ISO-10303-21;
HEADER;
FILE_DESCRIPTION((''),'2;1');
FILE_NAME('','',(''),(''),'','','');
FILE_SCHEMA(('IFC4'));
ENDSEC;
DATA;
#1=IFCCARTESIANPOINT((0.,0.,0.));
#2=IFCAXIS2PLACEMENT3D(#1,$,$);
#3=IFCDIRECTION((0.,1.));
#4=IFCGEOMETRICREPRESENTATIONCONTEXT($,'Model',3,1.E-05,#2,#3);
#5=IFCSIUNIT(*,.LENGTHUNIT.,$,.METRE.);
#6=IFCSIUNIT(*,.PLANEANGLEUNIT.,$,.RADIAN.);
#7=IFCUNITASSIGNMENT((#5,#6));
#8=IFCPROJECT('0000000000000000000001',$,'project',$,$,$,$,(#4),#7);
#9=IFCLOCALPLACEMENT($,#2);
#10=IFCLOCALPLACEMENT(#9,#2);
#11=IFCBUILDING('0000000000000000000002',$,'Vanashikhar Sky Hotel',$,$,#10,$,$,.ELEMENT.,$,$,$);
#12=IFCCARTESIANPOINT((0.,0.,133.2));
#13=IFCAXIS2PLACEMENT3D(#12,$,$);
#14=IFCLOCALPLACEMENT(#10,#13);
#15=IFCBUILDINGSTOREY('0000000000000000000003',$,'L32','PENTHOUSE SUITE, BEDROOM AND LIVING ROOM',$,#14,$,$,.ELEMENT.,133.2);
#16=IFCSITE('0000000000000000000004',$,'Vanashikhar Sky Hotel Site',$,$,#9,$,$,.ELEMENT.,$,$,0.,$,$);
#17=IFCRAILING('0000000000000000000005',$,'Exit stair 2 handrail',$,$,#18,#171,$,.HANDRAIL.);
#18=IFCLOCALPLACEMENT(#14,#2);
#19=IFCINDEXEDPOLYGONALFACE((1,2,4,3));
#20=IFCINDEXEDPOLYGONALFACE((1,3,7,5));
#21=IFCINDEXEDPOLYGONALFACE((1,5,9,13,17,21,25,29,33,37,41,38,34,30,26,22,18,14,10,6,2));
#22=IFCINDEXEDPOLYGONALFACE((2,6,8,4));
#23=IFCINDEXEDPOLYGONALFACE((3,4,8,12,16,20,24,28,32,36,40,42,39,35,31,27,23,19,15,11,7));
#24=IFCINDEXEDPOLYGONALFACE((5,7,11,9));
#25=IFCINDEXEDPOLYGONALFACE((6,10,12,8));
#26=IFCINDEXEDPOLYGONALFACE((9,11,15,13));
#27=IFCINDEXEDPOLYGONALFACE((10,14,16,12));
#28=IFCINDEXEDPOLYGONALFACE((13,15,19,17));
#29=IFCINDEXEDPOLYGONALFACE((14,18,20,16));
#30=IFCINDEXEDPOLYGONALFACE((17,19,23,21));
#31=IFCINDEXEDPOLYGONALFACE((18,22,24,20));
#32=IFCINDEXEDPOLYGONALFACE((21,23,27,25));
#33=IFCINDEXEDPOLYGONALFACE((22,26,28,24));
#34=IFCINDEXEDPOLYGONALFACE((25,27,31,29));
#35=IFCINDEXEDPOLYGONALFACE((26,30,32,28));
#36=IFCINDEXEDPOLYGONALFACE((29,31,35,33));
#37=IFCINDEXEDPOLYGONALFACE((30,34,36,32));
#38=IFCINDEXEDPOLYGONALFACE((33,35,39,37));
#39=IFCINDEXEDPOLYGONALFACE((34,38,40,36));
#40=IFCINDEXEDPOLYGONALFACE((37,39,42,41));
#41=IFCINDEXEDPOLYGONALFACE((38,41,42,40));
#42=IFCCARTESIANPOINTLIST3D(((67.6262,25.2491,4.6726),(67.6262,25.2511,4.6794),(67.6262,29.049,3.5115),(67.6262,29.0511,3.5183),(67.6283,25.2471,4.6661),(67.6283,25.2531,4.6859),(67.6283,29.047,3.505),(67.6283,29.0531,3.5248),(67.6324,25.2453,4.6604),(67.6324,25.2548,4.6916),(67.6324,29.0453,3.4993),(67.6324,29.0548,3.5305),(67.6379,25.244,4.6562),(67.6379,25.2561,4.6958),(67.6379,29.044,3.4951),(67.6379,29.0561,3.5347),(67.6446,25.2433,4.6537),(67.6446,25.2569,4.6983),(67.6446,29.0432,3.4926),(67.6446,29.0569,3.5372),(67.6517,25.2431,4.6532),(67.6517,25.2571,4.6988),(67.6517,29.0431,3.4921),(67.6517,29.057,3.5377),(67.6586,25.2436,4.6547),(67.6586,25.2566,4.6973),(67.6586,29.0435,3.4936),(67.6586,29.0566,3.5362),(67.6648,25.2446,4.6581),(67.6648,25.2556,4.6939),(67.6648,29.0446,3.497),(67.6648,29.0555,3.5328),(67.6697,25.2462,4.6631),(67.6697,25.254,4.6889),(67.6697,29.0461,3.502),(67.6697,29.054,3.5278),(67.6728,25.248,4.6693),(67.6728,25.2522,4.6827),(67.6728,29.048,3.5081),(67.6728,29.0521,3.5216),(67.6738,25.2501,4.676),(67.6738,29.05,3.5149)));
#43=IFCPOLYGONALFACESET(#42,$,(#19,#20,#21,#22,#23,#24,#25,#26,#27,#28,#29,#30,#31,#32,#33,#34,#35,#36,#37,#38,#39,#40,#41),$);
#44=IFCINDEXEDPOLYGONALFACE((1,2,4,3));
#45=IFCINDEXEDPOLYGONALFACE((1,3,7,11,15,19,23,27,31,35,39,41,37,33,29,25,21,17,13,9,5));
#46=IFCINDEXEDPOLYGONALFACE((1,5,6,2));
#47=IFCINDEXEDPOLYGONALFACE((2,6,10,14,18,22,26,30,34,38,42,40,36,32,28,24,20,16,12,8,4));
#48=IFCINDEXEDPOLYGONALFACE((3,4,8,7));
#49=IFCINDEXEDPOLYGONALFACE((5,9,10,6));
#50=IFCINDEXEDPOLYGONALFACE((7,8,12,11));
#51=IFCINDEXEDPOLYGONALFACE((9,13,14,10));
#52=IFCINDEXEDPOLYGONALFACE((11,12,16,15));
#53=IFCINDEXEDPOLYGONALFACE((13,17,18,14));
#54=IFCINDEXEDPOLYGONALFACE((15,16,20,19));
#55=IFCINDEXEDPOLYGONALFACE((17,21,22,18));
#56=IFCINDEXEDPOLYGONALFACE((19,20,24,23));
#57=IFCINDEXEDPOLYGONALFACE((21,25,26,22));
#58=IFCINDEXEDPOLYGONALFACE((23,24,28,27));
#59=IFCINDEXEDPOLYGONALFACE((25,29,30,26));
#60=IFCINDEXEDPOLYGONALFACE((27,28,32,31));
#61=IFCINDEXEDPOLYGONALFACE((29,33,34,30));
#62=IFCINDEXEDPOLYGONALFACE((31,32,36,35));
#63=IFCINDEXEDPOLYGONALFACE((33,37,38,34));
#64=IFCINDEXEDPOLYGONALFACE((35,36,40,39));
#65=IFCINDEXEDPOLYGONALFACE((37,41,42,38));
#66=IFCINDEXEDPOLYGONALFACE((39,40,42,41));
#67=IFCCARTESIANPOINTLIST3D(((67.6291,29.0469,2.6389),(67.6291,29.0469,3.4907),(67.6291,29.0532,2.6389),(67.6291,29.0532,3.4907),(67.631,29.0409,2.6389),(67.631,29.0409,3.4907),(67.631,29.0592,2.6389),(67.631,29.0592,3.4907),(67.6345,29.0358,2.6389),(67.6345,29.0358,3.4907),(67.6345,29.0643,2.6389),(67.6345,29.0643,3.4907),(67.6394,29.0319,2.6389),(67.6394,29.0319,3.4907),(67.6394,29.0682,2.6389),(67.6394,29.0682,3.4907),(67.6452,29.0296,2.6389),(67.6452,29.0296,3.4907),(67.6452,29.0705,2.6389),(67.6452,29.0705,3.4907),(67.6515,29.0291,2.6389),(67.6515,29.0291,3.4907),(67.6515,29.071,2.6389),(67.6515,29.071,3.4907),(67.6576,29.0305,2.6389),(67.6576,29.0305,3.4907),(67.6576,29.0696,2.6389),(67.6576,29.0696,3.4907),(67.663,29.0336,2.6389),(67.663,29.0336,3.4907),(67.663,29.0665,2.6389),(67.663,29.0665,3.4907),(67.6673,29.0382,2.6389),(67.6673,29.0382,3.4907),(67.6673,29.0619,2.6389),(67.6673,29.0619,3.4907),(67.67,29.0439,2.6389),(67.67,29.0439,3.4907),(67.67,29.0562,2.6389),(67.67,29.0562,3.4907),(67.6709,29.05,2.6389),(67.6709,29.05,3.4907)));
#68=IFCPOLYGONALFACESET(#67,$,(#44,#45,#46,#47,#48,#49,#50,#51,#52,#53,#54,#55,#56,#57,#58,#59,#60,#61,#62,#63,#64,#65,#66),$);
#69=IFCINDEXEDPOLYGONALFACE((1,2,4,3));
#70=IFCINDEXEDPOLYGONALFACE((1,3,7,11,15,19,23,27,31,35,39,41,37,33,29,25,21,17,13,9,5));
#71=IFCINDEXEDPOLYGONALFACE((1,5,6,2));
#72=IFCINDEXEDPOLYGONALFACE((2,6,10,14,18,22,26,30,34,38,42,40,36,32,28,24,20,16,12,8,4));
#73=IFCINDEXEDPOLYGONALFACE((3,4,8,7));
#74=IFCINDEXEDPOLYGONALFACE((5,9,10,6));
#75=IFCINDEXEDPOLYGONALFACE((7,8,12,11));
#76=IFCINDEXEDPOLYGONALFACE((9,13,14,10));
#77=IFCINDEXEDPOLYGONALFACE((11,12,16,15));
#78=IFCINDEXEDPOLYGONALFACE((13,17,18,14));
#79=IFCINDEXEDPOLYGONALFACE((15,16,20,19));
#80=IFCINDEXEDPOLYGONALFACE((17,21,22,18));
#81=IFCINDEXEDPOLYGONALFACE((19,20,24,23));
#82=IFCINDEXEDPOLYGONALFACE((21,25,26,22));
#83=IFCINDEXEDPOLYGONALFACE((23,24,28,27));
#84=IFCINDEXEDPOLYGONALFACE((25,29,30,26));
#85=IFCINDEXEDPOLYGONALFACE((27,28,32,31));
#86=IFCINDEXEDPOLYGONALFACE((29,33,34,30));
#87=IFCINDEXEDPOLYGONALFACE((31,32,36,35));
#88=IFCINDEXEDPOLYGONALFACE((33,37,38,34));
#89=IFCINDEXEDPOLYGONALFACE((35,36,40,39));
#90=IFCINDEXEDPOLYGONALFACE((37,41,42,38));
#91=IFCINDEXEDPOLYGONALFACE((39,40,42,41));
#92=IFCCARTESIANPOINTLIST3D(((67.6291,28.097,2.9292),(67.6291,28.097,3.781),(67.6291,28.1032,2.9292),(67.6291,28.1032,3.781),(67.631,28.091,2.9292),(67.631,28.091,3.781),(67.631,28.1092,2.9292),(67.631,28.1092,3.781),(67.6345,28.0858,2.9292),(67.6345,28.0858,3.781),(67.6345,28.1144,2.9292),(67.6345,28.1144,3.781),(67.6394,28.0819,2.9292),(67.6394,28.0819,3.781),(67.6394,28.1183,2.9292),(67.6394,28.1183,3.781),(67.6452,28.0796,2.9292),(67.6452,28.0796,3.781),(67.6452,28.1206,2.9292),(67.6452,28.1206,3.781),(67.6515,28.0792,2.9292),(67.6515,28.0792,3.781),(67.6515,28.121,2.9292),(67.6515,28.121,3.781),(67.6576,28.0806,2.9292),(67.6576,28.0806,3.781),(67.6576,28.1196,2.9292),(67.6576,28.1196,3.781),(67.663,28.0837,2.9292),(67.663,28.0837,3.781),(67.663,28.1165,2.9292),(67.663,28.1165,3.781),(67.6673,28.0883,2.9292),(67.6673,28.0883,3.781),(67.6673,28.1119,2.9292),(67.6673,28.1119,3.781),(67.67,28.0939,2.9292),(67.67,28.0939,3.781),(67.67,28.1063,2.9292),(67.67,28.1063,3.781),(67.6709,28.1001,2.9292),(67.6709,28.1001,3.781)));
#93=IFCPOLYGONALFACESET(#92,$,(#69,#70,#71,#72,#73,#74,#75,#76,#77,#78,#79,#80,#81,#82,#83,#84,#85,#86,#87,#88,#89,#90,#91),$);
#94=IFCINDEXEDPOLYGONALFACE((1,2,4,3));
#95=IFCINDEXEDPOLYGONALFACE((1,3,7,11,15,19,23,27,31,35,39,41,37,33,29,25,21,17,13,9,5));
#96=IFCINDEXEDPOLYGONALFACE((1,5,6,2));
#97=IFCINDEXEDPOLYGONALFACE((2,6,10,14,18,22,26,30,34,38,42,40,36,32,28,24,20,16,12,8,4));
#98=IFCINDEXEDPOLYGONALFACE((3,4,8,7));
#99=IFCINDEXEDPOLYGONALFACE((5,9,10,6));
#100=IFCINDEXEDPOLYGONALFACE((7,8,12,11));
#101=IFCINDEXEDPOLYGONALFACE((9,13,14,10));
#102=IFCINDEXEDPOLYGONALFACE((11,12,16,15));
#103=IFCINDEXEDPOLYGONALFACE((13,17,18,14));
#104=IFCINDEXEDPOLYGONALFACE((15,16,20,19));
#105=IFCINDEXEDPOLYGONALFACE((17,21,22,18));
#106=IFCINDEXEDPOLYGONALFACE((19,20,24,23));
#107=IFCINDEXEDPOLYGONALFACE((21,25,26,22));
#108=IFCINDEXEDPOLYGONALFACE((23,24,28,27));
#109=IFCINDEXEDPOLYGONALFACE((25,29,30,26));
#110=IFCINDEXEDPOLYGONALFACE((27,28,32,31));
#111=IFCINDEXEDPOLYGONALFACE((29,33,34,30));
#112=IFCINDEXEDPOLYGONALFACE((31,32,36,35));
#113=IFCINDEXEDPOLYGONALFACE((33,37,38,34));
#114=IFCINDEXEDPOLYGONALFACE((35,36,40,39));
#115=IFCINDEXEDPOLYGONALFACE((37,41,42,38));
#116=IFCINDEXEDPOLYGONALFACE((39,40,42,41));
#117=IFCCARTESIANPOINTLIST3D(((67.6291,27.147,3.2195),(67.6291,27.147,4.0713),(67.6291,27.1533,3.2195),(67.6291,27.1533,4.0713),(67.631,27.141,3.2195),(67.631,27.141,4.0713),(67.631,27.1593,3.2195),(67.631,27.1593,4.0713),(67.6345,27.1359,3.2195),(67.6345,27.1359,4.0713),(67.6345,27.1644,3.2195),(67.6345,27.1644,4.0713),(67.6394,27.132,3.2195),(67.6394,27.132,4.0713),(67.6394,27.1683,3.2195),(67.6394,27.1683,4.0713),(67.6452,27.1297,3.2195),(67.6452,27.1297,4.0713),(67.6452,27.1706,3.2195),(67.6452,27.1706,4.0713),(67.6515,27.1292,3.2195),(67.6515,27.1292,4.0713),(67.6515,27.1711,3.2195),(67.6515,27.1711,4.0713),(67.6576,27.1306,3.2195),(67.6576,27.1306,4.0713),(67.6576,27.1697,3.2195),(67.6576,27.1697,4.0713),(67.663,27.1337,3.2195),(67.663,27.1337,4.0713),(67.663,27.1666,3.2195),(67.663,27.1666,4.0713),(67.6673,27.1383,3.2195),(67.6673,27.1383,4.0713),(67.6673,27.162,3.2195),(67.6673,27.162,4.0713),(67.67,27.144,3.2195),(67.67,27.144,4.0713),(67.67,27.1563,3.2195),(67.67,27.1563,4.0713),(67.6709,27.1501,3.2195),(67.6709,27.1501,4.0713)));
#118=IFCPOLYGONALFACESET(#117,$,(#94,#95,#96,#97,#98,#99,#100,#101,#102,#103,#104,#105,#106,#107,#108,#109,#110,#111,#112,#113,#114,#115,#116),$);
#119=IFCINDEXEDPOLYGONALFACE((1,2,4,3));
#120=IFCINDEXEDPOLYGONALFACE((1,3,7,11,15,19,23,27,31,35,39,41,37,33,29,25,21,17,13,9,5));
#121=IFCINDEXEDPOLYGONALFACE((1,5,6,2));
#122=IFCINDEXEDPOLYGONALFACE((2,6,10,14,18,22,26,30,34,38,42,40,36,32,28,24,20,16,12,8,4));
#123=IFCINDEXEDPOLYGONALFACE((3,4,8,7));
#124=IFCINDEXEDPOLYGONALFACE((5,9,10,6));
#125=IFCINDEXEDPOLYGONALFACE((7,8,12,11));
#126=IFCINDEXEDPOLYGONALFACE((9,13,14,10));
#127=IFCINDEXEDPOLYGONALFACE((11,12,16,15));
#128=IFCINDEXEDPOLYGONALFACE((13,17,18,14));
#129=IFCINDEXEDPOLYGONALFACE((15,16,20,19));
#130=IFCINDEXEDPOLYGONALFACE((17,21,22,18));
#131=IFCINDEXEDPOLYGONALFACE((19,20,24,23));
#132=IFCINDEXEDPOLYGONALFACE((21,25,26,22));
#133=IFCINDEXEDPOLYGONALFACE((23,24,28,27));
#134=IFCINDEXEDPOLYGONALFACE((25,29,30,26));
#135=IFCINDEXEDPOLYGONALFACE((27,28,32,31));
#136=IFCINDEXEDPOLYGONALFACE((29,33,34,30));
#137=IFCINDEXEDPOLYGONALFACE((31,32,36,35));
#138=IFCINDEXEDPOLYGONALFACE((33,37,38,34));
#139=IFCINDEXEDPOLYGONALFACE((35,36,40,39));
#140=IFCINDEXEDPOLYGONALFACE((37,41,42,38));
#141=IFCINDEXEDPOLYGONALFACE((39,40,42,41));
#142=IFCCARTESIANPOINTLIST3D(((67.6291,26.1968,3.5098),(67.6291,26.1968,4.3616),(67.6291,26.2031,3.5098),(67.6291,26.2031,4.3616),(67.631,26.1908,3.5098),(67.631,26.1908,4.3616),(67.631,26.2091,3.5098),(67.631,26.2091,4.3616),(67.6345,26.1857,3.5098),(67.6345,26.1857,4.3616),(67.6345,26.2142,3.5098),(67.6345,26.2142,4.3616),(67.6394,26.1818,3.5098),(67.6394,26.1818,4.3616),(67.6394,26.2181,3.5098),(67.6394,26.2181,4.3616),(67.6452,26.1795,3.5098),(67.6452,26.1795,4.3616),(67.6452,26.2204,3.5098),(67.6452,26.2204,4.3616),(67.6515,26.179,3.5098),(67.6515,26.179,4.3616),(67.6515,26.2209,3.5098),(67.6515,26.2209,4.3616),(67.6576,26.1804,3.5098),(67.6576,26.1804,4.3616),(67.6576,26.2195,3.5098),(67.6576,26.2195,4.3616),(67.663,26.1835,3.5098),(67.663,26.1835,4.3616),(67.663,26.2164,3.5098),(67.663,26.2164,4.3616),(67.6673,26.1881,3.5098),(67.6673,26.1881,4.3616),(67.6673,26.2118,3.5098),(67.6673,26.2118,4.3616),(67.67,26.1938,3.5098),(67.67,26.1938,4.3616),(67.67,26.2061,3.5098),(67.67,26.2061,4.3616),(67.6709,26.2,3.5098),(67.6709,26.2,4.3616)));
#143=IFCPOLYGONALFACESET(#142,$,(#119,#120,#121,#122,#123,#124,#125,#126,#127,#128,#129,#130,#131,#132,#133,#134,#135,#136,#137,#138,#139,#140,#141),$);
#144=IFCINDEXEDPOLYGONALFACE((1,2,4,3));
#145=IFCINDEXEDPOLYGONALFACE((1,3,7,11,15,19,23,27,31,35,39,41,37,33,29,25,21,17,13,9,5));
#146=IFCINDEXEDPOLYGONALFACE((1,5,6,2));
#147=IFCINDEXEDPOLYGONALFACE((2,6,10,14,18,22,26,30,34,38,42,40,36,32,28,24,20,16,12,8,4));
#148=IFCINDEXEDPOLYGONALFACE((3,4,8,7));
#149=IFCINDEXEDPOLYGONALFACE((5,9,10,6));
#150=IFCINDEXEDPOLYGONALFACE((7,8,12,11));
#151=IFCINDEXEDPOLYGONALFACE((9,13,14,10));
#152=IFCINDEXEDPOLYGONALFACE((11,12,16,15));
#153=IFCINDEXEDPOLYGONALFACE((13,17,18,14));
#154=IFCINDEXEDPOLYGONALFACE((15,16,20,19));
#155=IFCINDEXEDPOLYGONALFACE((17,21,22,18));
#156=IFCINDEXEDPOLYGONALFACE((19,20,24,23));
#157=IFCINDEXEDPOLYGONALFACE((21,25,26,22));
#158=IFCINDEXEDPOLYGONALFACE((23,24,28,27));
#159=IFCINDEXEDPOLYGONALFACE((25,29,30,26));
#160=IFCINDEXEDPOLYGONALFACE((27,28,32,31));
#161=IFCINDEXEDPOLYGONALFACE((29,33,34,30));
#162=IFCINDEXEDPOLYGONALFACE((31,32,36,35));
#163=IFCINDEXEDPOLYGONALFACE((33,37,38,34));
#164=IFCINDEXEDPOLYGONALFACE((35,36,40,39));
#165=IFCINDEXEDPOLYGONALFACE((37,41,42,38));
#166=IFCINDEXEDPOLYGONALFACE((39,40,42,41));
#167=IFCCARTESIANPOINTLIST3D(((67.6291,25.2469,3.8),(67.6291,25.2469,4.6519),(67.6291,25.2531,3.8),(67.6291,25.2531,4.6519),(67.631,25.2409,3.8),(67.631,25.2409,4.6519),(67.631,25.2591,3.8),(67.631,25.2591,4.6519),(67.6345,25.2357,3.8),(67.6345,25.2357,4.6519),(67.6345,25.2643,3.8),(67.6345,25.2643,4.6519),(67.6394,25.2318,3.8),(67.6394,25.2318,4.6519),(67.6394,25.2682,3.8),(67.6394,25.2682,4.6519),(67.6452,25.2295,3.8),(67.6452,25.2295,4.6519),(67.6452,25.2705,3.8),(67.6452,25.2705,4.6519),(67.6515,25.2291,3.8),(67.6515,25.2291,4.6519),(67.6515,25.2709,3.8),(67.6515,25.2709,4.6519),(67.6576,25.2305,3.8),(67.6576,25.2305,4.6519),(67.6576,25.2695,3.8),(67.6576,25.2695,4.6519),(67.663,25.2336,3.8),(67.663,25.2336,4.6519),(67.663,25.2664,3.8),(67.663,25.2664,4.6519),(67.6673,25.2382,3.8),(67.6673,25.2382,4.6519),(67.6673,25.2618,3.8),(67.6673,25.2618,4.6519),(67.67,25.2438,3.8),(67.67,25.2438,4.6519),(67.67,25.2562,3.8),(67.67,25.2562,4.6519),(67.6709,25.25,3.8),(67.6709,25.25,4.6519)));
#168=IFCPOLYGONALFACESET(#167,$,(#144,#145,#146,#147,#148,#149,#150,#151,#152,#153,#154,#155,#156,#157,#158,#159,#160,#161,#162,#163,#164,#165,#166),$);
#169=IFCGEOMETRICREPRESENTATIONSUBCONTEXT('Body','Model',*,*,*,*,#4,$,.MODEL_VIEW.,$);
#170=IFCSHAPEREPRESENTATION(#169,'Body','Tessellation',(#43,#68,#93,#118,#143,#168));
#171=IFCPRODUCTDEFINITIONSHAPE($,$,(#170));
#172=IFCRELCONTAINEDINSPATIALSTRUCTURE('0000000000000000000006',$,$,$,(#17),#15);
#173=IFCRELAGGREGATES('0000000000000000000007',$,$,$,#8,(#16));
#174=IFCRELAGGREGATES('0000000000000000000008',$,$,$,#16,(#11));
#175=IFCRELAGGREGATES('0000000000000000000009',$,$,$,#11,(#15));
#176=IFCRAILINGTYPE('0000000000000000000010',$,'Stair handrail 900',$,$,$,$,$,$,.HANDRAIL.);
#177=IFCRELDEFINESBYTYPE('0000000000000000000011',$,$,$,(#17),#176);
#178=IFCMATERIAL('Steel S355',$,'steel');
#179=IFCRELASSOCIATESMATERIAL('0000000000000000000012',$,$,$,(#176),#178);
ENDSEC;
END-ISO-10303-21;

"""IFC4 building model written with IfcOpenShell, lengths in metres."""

from ifc_helpers import new_model, si_unit, direction, frame, origin, origin_2d, place, context, subcontext, project, spatial, circle, extrude, source, transform, mapped, material, type_object, element, save


model = new_model("IFC4")

# Units and contexts
model_context = context("Model", 3, precision=1e-05, world=origin(), true_north=direction((0.0, 1.0)))
body_context = subcontext(model_context, "Body", "Model", "MODEL_VIEW")
ifc_project = project(units=[si_unit("LENGTHUNIT", "METRE"), si_unit("PLANEANGLEUNIT", "RADIAN")], contexts=[model_context])

# Site, building, storey
site_placement = place(None, origin())
site = spatial("IfcSite", under=ifc_project, at=site_placement, Name="Vanashikhar Sky Hotel Site", CompositionType="ELEMENT", RefElevation=0.0)
building_placement = place(site_placement, origin())
building = spatial("IfcBuilding", under=site, at=building_placement, Name="Vanashikhar Sky Hotel", CompositionType="ELEMENT")
storey_placement = place(building_placement, frame((0.0, 0.0, 133.2)))
storey = spatial("IfcBuildingStorey", under=building, at=storey_placement, Name="L32", Description="PENTHOUSE SUITE, BEDROOM AND LIVING ROOM", CompositionType="ELEMENT", Elevation=133.2)

# Railing
ifc_material_1 = material(Name="Steel S355", Category="steel")
railing_type_1 = type_object("IfcRailingType", Name="Stair handrail 900", PredefinedType="HANDRAIL", material=ifc_material_1)
shared_shape_1 = source(origin(), body_context, "Body", "SweptSolid", [
    extrude(circle(Radius=0.0239, at=origin_2d()), frame((0.0, 0.0, 0.876), z_axis=(0.0, -0.956351, 0.29222), x_axis=(1.0, 0.0, 0.0)), (0.0, 0.0, 1.0), 3.9734),
    extrude(circle(Radius=0.021, at=origin_2d()), origin(), (0.0, 0.0, 1.0), 0.8518),
    extrude(circle(Radius=0.021, at=origin_2d()), frame((0.0, -0.95, 0.2903)), (0.0, 0.0, 1.0), 0.8518),
    extrude(circle(Radius=0.021, at=origin_2d()), frame((0.0, -1.8999, 0.5806)), (0.0, 0.0, 1.0), 0.8518),
    extrude(circle(Radius=0.021, at=origin_2d()), frame((0.0, -2.8501, 0.8708)), (0.0, 0.0, 1.0), 0.8518),
    extrude(circle(Radius=0.021, at=origin_2d()), frame((0.0, -3.8, 1.1611)), (0.0, 0.0, 1.0), 0.8518),
])
for number, where, name in (
    (1, (67.6499, 29.05, 2.6389), "Exit stair 2 handrail"),
):
    element("IfcRailing", number, at=place(storey_placement, frame(where)), inside=storey, type_object=railing_type_1, Name=name, PredefinedType="HANDRAIL", context=body_context, shape_type="MappedRepresentation", body=[
        mapped(shared_shape_1, transform((0.0, 0.0, 0.0), scale=1.0)),
    ])

save(model, "model.ifc")
